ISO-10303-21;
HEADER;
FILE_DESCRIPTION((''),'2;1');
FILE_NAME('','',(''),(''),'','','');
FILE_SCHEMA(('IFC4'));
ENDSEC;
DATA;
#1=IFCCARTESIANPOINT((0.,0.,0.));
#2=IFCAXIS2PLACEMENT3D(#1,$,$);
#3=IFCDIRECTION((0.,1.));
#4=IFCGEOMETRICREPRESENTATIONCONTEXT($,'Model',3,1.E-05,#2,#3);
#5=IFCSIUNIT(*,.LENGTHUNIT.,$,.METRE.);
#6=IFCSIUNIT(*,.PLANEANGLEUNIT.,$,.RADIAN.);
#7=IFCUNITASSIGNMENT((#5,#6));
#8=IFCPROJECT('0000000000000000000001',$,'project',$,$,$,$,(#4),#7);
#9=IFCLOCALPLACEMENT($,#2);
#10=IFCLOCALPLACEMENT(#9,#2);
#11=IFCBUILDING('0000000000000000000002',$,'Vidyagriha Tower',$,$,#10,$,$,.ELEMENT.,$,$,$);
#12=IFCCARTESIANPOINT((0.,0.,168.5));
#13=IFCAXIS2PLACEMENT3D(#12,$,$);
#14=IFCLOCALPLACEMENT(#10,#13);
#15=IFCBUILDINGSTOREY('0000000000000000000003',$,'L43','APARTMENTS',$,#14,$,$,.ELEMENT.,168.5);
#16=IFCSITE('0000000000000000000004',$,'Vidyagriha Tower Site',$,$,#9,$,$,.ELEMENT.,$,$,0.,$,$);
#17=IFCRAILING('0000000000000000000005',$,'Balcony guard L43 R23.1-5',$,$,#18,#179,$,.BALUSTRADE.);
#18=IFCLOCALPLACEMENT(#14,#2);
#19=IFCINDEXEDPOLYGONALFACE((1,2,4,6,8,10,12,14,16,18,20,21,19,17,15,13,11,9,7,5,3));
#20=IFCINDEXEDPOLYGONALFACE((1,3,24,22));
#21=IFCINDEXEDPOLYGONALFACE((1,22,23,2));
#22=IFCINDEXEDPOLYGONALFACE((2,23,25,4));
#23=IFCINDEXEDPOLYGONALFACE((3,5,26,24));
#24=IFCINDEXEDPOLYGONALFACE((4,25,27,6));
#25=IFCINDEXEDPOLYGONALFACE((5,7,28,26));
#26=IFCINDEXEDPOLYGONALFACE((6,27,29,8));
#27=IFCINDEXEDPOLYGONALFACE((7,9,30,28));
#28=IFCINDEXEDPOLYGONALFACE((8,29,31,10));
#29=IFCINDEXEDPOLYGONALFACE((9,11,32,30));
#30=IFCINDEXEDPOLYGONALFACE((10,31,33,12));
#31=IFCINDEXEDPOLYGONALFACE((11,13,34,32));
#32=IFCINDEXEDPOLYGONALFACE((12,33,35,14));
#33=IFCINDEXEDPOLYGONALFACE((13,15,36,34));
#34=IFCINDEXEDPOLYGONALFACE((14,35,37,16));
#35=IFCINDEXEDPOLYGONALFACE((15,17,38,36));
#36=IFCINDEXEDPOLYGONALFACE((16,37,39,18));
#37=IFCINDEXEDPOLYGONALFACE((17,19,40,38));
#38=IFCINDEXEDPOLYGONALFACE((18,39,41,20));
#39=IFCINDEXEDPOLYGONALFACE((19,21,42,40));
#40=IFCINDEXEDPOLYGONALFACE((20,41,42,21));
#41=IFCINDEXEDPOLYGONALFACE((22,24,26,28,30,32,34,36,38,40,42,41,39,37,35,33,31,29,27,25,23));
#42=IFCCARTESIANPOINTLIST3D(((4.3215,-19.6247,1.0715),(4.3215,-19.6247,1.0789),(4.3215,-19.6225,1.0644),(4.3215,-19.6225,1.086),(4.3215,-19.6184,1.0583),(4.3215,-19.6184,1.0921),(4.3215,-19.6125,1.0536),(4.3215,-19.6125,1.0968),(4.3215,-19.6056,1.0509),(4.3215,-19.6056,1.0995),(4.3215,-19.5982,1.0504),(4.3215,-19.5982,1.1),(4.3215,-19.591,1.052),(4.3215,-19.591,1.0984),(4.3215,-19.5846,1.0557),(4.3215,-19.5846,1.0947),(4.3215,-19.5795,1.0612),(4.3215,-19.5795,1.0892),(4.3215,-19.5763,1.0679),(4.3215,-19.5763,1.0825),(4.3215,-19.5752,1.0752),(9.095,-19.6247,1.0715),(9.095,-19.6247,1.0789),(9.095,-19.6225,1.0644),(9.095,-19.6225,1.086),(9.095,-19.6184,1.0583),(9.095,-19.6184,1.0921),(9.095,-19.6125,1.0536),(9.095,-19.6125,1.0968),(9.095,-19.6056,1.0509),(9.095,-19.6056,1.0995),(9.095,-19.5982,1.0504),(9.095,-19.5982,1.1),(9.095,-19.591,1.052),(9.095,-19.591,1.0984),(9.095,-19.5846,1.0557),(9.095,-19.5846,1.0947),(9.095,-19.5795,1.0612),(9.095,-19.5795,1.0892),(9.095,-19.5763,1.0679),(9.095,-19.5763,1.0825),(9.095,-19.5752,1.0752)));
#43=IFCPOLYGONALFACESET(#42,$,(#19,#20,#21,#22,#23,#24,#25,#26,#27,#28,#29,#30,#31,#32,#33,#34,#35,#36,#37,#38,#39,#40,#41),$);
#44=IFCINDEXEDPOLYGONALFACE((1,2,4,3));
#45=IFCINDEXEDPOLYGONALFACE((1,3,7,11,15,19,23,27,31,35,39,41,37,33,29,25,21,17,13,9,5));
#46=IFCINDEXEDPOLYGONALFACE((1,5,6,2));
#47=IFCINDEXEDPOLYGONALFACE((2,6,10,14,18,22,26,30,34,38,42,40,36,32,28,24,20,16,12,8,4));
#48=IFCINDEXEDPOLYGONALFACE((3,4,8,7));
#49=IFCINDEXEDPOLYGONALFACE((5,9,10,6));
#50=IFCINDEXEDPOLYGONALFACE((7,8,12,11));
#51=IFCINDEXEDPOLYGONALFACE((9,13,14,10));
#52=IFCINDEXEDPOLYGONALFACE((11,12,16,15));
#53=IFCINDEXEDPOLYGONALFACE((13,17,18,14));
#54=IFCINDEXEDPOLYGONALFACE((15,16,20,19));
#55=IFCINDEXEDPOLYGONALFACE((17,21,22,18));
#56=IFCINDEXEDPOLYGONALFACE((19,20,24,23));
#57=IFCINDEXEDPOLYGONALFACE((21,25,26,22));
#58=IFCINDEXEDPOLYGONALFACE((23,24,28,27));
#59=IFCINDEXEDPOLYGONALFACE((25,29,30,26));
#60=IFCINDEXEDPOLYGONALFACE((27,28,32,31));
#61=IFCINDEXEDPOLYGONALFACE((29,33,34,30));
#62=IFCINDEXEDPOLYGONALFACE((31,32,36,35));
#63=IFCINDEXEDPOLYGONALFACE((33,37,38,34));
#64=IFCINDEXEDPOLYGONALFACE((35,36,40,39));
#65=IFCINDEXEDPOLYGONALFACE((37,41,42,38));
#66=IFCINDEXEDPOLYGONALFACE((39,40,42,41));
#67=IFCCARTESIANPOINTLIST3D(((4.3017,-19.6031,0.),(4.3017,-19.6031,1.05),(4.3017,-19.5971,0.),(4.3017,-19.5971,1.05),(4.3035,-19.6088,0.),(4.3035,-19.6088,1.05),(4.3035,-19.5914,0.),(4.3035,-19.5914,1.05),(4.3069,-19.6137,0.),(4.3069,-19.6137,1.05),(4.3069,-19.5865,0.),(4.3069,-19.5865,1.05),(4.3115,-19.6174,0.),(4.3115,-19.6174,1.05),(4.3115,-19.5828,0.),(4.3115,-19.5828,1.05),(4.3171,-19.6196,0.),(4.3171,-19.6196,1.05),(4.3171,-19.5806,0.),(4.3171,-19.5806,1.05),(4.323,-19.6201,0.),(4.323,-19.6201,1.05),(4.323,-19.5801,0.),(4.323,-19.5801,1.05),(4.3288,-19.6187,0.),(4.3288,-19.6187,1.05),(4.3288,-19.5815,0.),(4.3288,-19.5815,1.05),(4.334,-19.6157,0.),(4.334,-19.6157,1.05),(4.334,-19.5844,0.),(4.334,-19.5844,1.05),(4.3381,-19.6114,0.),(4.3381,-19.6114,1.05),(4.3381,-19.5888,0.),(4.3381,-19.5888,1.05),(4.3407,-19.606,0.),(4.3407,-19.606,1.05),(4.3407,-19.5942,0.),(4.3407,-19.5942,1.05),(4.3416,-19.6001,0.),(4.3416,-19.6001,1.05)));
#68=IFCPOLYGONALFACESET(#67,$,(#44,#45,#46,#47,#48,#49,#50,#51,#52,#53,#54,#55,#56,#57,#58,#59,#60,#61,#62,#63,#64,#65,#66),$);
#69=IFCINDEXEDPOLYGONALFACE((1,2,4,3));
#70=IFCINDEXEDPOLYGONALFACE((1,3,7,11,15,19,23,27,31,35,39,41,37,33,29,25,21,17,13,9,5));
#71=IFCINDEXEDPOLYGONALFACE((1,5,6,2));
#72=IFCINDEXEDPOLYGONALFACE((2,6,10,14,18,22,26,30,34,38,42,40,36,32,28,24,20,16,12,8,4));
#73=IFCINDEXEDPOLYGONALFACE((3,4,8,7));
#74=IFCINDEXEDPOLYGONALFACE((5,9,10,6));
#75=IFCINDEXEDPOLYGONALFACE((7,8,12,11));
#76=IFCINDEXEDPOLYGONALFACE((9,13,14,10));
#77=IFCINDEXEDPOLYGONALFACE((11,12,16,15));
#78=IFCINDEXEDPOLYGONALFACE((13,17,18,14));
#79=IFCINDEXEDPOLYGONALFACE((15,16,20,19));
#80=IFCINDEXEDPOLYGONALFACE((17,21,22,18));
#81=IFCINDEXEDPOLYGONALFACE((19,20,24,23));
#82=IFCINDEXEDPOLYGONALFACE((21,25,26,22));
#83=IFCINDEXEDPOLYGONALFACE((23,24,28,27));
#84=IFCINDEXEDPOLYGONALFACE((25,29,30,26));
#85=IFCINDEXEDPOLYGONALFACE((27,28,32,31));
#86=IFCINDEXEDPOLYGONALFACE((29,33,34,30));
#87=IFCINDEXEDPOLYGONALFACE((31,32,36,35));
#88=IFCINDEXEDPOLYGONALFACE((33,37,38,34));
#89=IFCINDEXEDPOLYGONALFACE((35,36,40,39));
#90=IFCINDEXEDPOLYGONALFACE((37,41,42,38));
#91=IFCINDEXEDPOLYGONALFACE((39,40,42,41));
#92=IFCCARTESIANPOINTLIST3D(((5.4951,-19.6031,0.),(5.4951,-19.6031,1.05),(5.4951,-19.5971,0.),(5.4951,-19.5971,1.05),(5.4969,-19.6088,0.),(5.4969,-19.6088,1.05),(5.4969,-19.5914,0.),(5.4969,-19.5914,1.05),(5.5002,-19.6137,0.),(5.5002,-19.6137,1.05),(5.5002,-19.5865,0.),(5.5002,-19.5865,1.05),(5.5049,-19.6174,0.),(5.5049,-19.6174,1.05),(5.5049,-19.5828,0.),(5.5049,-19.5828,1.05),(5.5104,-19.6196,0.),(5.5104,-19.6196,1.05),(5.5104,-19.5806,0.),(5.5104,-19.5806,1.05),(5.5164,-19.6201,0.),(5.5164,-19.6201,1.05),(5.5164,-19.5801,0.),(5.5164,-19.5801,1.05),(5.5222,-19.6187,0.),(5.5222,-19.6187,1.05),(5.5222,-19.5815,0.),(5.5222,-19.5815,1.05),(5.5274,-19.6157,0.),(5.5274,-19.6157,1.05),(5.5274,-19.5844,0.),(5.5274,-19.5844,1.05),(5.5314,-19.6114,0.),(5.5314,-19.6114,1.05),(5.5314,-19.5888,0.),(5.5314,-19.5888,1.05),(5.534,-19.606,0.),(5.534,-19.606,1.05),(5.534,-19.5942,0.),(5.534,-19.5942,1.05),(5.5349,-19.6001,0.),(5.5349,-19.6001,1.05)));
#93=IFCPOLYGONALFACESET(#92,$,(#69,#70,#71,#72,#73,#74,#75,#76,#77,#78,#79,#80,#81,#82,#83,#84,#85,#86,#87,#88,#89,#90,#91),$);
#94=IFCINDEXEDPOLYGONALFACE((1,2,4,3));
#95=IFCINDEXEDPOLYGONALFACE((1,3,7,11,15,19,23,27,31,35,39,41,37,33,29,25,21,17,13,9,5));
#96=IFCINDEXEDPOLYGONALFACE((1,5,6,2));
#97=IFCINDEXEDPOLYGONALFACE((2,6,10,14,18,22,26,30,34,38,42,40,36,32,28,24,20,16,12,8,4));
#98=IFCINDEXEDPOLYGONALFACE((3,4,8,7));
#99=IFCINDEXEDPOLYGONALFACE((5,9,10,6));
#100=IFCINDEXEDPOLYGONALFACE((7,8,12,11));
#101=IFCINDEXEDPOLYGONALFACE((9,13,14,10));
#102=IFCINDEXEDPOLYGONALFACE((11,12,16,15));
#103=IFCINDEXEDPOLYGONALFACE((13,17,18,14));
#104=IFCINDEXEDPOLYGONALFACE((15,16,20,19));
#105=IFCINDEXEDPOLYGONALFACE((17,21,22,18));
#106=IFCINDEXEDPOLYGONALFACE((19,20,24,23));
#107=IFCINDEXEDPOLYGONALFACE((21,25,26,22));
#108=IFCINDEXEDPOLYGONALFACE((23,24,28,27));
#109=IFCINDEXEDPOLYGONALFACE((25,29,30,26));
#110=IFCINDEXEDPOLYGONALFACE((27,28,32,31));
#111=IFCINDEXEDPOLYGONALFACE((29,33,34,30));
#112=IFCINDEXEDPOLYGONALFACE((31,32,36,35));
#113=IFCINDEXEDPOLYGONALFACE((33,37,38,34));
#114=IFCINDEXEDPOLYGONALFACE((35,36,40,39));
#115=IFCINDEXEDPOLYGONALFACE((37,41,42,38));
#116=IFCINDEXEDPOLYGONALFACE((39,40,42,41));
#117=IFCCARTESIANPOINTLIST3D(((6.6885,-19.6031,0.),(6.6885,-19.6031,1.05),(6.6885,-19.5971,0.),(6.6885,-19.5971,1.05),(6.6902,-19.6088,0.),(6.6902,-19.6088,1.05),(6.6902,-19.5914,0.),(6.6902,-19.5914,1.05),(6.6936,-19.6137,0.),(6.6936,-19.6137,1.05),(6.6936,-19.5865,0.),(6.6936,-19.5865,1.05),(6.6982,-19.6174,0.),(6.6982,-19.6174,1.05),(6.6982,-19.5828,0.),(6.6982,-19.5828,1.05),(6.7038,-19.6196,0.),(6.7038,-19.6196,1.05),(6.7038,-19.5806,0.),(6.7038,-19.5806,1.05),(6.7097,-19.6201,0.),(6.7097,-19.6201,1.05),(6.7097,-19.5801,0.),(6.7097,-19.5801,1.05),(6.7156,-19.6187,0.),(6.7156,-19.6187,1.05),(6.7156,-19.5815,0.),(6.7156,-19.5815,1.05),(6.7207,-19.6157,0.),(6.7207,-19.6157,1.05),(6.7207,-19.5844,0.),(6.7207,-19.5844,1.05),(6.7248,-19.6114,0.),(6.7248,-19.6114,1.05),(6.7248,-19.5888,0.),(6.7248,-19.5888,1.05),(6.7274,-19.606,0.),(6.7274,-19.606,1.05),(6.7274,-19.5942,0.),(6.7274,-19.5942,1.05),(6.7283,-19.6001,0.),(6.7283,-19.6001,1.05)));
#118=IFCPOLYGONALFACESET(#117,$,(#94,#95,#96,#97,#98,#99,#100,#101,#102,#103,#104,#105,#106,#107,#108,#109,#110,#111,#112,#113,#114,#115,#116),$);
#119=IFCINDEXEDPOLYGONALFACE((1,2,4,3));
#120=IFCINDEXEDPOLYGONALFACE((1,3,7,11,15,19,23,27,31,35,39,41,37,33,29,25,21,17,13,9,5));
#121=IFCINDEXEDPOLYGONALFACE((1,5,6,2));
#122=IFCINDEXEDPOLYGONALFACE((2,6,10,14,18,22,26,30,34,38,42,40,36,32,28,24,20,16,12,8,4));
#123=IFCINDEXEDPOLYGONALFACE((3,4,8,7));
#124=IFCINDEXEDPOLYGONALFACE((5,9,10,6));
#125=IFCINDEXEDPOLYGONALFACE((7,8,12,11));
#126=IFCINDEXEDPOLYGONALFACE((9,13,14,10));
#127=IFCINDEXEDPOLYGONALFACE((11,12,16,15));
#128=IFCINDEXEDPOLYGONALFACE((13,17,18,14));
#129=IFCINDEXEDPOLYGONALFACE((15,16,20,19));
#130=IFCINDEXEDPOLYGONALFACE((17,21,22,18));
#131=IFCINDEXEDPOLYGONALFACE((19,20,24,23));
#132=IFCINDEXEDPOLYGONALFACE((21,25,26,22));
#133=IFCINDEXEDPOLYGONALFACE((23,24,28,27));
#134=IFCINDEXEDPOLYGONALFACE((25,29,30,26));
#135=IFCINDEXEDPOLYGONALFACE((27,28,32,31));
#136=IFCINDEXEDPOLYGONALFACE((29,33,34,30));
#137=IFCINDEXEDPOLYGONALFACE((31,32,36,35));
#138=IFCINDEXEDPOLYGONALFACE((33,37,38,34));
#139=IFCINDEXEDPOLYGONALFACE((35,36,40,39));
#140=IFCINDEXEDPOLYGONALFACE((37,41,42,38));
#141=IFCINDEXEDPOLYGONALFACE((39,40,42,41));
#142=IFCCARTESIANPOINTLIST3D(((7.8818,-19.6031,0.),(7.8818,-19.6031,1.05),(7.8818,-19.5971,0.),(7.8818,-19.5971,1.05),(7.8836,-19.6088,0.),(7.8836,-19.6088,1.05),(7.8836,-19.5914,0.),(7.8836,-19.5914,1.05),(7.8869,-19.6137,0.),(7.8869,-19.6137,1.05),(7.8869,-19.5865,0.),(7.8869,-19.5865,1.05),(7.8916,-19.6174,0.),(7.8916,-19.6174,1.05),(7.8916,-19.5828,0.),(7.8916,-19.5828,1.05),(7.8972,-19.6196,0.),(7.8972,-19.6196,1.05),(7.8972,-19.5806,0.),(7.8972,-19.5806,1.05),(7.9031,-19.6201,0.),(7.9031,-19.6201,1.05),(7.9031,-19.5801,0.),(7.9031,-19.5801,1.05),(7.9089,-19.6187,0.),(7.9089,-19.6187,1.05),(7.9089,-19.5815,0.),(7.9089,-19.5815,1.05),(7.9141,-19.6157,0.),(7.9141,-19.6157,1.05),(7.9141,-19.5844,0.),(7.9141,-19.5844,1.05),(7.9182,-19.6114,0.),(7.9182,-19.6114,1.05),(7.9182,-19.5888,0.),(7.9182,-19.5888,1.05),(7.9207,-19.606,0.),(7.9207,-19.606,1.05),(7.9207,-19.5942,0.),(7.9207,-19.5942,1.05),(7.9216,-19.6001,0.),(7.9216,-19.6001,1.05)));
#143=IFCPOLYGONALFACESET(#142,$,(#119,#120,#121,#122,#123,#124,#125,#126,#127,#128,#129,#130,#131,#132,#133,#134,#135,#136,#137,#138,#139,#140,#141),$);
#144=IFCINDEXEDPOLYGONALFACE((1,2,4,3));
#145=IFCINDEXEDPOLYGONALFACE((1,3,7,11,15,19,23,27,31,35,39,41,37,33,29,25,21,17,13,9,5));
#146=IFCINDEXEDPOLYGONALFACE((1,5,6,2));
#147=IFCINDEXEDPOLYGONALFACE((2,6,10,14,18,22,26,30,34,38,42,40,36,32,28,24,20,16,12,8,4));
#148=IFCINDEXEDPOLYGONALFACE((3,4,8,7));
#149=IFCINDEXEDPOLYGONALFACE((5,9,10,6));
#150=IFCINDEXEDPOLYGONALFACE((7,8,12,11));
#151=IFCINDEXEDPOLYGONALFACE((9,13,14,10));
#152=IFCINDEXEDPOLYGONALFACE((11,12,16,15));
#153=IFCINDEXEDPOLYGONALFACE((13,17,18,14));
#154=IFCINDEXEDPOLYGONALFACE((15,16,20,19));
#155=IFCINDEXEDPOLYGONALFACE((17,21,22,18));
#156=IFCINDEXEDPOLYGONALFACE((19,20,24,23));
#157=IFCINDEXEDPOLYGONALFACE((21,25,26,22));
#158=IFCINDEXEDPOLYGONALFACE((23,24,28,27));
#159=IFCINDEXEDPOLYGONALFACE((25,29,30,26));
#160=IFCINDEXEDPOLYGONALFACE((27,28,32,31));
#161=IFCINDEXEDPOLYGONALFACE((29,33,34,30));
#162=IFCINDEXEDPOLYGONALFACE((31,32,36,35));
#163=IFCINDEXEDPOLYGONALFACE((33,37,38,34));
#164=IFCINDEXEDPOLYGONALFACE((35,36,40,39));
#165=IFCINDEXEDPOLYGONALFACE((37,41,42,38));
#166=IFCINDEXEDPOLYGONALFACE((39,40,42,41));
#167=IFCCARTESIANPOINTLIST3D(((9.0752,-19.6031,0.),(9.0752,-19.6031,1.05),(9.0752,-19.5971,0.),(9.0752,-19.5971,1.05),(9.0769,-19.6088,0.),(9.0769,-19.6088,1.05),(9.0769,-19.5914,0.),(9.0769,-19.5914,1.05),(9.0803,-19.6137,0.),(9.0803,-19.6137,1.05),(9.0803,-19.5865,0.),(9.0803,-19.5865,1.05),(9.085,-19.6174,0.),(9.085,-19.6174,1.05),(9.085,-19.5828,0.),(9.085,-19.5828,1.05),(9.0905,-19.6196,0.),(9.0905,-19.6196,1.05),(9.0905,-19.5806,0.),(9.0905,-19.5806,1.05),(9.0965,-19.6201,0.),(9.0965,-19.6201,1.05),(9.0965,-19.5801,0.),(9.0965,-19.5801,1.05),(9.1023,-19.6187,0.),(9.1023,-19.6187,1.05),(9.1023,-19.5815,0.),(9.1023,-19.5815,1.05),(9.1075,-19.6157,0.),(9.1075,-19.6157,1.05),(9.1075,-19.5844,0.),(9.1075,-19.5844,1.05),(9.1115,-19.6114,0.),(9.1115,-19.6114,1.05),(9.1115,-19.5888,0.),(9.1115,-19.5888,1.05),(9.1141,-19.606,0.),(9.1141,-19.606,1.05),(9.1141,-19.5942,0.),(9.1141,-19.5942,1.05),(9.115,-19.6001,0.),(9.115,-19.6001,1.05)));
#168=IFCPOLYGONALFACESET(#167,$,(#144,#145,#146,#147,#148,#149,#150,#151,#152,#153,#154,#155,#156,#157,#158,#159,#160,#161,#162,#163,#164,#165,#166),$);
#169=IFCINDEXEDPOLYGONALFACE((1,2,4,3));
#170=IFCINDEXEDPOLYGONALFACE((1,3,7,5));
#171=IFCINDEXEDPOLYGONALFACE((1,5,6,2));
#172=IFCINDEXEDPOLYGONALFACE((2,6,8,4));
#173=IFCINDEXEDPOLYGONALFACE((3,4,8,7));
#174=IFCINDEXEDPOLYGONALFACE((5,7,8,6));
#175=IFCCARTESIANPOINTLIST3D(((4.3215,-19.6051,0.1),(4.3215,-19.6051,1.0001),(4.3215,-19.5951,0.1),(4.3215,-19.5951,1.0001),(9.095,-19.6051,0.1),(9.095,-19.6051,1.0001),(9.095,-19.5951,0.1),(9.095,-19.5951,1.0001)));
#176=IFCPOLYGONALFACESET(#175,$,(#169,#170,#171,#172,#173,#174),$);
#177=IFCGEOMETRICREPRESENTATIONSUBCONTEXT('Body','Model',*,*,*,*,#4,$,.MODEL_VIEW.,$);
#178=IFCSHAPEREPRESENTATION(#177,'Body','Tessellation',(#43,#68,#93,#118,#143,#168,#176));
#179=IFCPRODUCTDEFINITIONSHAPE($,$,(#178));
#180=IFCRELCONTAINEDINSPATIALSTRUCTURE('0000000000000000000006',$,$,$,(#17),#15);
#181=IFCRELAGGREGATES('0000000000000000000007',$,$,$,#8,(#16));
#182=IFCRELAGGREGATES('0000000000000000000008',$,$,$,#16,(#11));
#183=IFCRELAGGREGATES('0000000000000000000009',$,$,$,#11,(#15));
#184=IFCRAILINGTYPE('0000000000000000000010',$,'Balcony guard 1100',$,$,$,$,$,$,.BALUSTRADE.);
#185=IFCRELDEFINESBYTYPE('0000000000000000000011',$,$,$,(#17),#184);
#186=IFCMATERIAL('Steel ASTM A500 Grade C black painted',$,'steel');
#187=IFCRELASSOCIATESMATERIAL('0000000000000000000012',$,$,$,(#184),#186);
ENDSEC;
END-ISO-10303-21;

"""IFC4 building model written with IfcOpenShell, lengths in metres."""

from ifc_helpers import new_model, si_unit, direction, frame, origin, origin_2d, place, context, subcontext, project, spatial, rectangle, circle, extrude, material, type_object, element, save


model = new_model("IFC4")

# Units and contexts
model_context = context("Model", 3, precision=1e-05, world=origin(), true_north=direction((0.0, 1.0)))
body_context = subcontext(model_context, "Body", "Model", "MODEL_VIEW")
ifc_project = project(units=[si_unit("LENGTHUNIT", "METRE"), si_unit("PLANEANGLEUNIT", "RADIAN")], contexts=[model_context])

# Site, building, storey
site_placement = place(None, origin())
site = spatial("IfcSite", under=ifc_project, at=site_placement, Name="Vidyagriha Tower Site", CompositionType="ELEMENT", RefElevation=0.0)
building_placement = place(site_placement, origin())
building = spatial("IfcBuilding", under=site, at=building_placement, Name="Vidyagriha Tower", CompositionType="ELEMENT")
storey_placement = place(building_placement, frame((0.0, 0.0, 168.5)))
storey = spatial("IfcBuildingStorey", under=building, at=storey_placement, Name="L43", Description="APARTMENTS", CompositionType="ELEMENT", Elevation=168.5)

# Railing
ifc_material_1 = material(Name="Steel ASTM A500 Grade C black painted", Category="steel")
railing_type = type_object("IfcRailingType", Name="Balcony guard 1100", PredefinedType="BALUSTRADE", material=ifc_material_1)
railing_1_placement = place(storey_placement, frame((4.3215, -19.6001, 0.0)))
element("IfcRailing", 1, at=railing_1_placement, inside=storey, type_object=railing_type, Name="Balcony guard L43 R23.1-5", PredefinedType="BALUSTRADE", context=body_context, shape_type="SweptSolid", body=[
    extrude(circle(Radius=0.0249, at=origin_2d()), frame((0.0, 0.0, 1.0752), z_axis=(1.0, 0.0, 0.0), x_axis=(0.0, 1.0, 0.0)), (0.0, 0.0, 1.0), 4.7734),
    extrude(circle(Radius=0.02, at=origin_2d()), origin(), (0.0, 0.0, 1.0), 1.05),
    extrude(circle(Radius=0.02, at=origin_2d()), frame((1.1934, 0.0, 0.0)), (0.0, 0.0, 1.0), 1.05),
    extrude(circle(Radius=0.02, at=origin_2d()), frame((2.3867, 0.0, 0.0)), (0.0, 0.0, 1.0), 1.05),
    extrude(circle(Radius=0.02, at=origin_2d()), frame((3.5801, 0.0, 0.0)), (0.0, 0.0, 1.0), 1.05),
    extrude(circle(Radius=0.02, at=origin_2d()), frame((4.7734, 0.0, 0.0)), (0.0, 0.0, 1.0), 1.05),
    extrude(rectangle(XDim=0.01, YDim=0.9001, at=origin_2d()), frame((0.0, 0.0, 0.55), z_axis=(1.0, 0.0, 0.0), x_axis=(0.0, 1.0, 0.0)), (0.0, 0.0, 1.0), 4.7734),
])

save(model, "model.ifc")
